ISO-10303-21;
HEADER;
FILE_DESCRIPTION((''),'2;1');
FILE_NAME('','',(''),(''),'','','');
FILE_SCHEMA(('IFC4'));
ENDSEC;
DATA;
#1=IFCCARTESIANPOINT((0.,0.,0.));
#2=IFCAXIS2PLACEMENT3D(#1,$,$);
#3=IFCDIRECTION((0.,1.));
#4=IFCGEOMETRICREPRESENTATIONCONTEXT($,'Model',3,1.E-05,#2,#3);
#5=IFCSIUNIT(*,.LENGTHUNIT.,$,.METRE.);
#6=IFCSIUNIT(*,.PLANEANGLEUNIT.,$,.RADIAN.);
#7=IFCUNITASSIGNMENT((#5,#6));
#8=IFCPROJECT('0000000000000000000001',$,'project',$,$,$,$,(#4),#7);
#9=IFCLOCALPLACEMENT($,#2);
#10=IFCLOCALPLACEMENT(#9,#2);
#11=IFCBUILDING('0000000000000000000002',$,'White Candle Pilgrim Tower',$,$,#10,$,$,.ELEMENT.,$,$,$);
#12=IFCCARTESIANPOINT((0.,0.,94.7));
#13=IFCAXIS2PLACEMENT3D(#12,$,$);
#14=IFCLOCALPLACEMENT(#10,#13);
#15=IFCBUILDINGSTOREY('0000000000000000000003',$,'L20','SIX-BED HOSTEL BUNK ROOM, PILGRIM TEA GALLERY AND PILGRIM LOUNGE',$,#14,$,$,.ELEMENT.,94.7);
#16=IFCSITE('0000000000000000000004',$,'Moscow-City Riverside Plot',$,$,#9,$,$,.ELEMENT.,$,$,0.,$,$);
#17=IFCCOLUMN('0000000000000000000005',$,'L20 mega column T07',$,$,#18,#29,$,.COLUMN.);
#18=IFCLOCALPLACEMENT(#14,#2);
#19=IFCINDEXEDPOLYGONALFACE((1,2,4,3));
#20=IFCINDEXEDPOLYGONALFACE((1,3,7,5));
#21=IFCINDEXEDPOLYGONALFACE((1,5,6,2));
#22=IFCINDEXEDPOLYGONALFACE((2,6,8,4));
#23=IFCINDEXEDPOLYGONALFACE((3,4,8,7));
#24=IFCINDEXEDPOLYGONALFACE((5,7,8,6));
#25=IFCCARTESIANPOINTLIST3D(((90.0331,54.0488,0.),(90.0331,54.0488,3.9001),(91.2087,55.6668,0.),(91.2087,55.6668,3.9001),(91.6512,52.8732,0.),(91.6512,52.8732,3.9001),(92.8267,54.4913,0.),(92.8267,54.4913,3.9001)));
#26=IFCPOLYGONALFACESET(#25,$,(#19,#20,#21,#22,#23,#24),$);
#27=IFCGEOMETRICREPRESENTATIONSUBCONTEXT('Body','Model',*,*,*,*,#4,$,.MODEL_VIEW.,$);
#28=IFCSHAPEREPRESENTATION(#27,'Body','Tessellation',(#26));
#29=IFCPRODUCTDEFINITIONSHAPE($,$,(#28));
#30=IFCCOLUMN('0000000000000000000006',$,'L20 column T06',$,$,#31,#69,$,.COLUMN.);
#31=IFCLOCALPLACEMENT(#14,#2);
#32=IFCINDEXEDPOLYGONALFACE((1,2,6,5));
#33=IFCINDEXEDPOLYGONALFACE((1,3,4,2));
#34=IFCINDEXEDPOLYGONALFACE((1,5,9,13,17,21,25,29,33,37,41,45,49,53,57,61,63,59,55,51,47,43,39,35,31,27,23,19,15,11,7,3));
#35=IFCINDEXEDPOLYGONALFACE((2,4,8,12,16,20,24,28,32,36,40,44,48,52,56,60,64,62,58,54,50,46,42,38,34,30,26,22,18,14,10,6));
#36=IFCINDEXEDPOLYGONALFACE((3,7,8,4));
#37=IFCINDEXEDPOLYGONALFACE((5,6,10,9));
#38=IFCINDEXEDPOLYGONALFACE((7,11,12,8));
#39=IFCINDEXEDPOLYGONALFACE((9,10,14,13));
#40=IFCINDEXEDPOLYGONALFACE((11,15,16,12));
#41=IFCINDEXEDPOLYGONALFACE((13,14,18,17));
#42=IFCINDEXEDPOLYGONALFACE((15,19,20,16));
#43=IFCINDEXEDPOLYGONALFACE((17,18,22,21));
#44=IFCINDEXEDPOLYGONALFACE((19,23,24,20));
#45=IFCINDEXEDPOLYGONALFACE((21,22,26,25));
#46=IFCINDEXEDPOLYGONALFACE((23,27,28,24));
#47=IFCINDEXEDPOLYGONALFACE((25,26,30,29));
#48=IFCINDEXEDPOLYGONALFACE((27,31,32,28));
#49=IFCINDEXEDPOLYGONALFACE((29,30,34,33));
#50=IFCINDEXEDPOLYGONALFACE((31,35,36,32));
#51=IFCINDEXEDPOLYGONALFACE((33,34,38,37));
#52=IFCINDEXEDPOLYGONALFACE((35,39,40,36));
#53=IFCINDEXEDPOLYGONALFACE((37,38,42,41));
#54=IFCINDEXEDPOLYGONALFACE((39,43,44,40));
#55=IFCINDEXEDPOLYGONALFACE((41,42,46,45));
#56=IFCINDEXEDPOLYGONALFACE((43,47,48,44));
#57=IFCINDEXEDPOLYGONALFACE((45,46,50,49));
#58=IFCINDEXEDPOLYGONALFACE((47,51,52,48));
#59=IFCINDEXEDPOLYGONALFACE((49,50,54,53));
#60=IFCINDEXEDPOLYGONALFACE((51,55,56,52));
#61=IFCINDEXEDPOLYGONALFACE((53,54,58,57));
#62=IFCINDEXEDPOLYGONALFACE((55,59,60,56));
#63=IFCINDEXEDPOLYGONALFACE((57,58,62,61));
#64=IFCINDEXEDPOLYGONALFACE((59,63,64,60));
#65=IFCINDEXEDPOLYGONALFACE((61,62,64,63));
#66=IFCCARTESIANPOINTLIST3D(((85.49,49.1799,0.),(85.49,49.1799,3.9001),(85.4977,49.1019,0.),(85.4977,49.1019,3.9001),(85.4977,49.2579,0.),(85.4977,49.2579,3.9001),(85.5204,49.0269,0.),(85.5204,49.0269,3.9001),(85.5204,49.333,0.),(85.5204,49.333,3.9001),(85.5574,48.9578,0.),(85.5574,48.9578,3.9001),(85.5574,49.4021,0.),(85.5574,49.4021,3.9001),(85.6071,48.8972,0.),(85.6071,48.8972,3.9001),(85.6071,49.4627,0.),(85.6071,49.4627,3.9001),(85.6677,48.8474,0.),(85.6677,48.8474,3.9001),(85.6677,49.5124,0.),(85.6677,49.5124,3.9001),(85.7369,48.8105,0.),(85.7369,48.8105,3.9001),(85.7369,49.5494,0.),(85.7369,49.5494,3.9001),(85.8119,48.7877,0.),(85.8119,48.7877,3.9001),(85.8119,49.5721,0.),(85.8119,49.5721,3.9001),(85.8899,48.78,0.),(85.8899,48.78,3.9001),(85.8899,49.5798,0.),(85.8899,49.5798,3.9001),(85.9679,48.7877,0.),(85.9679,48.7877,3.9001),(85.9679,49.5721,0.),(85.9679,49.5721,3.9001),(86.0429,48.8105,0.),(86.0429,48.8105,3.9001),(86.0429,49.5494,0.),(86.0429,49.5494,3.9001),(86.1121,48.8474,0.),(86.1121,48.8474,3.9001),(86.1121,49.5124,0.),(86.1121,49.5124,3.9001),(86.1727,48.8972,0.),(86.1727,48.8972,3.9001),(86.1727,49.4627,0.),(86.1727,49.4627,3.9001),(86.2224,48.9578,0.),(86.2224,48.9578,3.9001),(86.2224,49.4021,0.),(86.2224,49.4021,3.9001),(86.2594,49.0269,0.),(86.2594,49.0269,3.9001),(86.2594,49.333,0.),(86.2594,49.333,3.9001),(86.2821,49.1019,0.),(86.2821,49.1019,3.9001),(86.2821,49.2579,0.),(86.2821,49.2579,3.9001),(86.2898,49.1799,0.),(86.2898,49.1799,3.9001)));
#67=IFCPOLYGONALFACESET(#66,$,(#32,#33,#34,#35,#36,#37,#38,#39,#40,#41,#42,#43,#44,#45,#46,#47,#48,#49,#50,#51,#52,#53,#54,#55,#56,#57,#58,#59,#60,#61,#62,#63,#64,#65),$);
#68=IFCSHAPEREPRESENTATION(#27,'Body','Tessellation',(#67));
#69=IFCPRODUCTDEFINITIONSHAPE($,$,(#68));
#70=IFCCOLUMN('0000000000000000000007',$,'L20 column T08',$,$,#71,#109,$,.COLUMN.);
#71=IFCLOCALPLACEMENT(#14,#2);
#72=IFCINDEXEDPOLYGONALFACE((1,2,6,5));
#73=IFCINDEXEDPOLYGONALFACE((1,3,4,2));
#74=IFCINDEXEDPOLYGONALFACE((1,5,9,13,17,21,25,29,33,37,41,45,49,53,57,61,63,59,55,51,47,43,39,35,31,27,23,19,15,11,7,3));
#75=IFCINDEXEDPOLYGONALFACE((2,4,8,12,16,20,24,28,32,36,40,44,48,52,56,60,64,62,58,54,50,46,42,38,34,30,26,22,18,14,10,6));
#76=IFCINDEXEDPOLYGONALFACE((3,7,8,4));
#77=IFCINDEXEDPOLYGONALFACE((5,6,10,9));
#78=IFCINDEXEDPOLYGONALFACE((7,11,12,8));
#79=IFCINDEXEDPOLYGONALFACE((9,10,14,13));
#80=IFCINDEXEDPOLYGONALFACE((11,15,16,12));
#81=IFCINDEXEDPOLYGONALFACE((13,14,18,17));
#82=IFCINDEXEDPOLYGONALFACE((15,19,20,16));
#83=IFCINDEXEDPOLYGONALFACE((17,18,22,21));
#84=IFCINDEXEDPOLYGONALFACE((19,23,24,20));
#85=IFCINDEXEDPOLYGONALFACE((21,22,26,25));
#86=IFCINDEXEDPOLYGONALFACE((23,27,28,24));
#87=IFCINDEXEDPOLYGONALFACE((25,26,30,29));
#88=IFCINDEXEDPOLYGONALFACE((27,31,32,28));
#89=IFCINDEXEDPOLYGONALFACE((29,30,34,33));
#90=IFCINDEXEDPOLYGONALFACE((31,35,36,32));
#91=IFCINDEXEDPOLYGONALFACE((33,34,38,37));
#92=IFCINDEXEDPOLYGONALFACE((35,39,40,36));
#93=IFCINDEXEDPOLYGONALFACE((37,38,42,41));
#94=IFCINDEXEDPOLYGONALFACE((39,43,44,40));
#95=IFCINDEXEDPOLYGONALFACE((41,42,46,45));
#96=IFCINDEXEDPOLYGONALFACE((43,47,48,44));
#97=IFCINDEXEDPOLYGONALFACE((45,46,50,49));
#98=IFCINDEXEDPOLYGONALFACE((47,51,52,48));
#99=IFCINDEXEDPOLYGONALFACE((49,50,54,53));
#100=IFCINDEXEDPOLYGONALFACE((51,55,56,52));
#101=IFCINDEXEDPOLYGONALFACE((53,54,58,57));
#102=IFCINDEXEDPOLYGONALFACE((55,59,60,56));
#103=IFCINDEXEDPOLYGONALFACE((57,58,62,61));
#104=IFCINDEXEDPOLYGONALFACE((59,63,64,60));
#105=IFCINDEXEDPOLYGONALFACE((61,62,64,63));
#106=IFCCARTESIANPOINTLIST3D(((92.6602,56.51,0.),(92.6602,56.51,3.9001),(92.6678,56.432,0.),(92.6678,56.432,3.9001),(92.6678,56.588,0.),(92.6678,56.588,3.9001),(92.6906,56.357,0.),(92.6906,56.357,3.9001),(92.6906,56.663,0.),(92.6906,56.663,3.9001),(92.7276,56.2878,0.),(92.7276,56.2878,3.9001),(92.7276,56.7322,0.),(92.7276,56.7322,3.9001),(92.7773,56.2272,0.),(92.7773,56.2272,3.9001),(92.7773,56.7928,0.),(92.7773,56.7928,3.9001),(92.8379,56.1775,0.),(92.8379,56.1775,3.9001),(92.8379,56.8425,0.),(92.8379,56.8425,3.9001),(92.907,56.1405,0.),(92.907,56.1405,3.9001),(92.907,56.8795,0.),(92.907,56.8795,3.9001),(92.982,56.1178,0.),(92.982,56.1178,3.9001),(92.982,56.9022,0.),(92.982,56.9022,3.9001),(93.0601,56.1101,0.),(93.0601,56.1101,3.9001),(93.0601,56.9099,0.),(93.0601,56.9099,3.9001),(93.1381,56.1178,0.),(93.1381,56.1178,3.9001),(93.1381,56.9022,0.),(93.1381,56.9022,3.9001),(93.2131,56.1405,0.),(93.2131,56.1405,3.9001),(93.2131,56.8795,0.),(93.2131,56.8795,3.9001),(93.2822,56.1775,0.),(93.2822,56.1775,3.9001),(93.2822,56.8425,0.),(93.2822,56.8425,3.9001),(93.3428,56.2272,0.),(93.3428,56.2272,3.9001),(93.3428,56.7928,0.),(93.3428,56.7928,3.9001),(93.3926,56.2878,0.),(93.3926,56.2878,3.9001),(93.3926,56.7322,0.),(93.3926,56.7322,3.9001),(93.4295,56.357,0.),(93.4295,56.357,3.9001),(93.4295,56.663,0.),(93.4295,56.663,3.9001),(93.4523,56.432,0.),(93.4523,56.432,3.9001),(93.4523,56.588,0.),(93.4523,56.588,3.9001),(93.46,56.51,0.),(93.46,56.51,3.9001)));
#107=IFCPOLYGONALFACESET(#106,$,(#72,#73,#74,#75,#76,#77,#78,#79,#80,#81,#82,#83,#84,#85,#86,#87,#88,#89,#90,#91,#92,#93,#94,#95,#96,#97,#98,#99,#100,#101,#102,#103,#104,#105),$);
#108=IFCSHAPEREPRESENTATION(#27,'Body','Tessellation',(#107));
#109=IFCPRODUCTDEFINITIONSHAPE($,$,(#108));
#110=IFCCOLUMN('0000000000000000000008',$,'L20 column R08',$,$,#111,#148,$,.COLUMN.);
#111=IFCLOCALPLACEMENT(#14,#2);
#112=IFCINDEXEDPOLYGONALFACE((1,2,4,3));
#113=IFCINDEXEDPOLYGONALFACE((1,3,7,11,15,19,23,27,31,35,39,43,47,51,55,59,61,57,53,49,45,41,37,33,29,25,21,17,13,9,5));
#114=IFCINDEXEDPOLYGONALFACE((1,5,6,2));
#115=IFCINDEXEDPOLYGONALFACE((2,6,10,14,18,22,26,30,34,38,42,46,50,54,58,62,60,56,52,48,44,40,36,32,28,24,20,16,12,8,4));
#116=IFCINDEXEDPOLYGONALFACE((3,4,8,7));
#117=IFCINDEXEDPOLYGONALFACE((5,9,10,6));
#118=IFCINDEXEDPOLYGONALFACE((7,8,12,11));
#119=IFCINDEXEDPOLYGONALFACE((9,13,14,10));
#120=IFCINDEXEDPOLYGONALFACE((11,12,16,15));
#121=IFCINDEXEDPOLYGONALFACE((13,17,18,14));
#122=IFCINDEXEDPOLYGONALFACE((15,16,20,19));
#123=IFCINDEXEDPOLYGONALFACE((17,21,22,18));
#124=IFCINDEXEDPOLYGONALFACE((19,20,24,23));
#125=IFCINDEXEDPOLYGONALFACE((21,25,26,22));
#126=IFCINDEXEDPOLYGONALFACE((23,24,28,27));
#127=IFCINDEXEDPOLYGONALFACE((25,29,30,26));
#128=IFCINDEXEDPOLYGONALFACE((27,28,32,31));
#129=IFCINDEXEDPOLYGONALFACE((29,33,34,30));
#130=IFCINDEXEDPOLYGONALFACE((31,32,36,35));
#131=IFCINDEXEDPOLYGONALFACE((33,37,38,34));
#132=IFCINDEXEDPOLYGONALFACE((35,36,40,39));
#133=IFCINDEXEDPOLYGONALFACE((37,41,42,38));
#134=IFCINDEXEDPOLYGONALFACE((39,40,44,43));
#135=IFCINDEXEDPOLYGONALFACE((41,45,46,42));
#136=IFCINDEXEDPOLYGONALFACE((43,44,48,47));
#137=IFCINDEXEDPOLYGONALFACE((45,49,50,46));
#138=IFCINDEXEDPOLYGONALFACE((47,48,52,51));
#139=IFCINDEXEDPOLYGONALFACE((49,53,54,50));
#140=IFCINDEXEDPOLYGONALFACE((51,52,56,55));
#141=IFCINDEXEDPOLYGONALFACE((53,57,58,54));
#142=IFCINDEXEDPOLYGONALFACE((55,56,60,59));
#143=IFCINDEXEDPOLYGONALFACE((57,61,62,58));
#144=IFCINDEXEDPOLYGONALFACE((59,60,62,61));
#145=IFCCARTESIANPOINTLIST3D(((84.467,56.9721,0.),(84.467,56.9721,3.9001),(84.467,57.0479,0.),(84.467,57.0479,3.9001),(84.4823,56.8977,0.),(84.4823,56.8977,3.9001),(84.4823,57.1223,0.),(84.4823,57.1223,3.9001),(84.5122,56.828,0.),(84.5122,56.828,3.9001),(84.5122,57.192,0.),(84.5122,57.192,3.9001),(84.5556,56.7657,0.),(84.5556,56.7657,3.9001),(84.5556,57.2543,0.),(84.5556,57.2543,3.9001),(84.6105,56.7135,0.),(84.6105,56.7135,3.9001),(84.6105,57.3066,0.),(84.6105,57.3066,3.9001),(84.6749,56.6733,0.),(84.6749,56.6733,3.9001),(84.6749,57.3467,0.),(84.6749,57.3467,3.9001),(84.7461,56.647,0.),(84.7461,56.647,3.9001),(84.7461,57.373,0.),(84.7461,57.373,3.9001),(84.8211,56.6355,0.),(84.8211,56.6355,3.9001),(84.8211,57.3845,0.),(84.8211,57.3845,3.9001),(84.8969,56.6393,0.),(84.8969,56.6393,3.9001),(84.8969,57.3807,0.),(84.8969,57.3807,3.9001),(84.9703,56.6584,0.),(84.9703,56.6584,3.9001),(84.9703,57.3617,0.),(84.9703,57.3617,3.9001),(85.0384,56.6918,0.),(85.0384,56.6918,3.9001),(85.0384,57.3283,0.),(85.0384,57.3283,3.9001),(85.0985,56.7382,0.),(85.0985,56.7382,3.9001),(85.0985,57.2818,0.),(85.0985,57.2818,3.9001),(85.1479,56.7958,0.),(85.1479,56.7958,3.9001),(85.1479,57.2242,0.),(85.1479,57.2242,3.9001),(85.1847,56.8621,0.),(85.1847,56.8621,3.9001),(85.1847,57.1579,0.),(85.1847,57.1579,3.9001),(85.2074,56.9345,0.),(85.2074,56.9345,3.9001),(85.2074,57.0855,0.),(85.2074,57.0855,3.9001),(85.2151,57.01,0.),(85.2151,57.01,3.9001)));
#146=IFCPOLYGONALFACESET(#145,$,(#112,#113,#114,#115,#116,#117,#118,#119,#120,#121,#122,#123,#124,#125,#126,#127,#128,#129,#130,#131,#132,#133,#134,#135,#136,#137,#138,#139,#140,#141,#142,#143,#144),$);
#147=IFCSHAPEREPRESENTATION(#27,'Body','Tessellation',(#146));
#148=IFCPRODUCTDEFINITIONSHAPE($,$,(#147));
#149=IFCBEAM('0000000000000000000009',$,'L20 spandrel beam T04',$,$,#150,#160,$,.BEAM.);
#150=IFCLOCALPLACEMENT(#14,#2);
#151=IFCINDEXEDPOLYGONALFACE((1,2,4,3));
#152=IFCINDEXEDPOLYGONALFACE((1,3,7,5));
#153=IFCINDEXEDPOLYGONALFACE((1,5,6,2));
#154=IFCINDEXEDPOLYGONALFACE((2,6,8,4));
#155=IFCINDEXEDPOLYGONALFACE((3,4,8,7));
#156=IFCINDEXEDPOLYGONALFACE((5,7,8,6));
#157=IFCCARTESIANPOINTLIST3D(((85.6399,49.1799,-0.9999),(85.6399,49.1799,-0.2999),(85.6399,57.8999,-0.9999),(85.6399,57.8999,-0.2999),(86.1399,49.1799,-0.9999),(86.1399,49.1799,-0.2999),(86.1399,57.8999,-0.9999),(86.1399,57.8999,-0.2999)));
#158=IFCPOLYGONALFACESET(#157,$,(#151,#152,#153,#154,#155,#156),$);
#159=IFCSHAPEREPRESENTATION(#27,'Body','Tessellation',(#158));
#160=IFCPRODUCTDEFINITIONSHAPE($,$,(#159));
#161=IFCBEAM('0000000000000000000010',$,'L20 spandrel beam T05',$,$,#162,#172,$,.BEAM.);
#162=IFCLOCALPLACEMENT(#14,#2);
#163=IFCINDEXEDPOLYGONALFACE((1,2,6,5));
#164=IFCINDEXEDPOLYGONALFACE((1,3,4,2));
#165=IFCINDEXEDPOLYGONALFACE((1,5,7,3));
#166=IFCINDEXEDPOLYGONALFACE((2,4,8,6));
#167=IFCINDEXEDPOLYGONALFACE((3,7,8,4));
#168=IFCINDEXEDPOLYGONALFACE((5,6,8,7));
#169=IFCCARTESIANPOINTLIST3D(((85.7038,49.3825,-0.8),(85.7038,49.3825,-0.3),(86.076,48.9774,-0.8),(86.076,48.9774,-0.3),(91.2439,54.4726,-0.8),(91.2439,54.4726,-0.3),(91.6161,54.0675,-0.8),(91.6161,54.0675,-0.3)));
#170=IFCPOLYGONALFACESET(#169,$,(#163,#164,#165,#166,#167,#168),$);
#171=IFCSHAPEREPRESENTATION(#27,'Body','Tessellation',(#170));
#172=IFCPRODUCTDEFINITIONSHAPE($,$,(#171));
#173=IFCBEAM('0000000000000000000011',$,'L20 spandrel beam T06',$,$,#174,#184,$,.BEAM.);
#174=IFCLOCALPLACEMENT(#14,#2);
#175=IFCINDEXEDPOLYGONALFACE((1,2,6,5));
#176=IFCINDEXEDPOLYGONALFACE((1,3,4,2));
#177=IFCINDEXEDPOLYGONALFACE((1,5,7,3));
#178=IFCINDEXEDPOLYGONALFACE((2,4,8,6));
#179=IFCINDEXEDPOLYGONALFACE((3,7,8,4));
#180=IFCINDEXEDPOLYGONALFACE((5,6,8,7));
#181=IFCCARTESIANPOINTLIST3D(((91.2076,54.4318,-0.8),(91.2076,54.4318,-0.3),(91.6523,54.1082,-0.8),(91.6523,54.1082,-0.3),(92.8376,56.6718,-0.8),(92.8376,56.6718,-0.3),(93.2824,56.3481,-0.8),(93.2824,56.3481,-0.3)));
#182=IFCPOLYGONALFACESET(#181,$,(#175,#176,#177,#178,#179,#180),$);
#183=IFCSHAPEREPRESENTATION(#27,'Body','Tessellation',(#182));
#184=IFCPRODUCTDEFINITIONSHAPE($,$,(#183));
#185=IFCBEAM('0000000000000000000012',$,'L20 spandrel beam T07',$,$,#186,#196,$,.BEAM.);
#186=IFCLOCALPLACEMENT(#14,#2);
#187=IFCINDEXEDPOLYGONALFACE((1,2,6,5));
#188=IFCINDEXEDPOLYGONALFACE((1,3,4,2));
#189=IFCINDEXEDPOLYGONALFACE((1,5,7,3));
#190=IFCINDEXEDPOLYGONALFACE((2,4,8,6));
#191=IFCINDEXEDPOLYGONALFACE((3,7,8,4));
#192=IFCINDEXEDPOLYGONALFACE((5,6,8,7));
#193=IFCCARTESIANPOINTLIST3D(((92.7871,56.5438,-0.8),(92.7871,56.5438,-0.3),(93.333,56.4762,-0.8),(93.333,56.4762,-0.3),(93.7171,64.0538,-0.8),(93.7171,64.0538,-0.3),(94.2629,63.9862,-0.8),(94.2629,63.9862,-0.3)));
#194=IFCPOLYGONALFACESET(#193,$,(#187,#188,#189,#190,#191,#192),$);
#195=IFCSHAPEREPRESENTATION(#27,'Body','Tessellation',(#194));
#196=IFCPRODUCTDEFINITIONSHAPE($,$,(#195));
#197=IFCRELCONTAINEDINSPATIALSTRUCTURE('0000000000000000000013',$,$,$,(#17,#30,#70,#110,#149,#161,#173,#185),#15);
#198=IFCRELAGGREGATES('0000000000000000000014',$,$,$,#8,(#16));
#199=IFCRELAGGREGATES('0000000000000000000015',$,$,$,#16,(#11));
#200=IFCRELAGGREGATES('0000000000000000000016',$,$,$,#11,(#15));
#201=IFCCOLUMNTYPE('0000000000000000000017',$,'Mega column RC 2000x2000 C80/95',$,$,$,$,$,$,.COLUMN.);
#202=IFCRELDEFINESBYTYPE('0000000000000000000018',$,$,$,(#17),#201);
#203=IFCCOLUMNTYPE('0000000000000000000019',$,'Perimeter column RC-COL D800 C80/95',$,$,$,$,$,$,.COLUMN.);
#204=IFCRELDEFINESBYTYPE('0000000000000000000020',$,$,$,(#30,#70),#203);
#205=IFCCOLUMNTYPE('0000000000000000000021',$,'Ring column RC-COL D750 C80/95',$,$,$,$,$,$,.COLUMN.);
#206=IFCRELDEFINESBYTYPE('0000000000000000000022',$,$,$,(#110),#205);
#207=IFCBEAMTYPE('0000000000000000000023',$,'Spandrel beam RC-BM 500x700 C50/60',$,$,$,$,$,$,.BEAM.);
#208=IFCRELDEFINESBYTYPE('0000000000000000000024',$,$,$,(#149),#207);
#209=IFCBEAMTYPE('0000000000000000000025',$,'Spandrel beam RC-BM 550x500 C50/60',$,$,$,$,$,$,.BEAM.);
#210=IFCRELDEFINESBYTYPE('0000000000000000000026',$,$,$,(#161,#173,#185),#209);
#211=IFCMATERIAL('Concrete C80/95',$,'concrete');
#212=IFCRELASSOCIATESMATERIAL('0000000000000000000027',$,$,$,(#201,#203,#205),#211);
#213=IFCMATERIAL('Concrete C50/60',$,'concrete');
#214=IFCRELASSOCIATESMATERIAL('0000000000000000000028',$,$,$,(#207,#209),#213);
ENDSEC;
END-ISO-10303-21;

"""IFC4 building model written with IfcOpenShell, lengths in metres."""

from ifc_helpers import new_model, si_unit, direction, frame, origin, origin_2d, place, context, subcontext, project, spatial, rectangle, circle, extrude, material, material_profile, profile_set, type_object, element, save


model = new_model("IFC4")

# Units and contexts
model_context = context("Model", 3, precision=1e-05, world=origin(), true_north=direction((0.0, 1.0)))
body_context = subcontext(model_context, "Body", "Model", "MODEL_VIEW")
ifc_project = project(units=[si_unit("LENGTHUNIT", "METRE"), si_unit("PLANEANGLEUNIT", "RADIAN")], contexts=[model_context])

# Site, building, storey
site_placement = place(None, origin())
site = spatial("IfcSite", under=ifc_project, at=site_placement, Name="Moscow-City Riverside Plot", CompositionType="ELEMENT", RefElevation=0.0)
building_placement = place(site_placement, origin())
building = spatial("IfcBuilding", under=site, at=building_placement, Name="White Candle Pilgrim Tower", CompositionType="ELEMENT")
storey_placement = place(building_placement, frame((0.0, 0.0, 94.7)))
storey = spatial("IfcBuildingStorey", under=building, at=storey_placement, Name="L20", Description="SIX-BED HOSTEL BUNK ROOM, PILGRIM TEA GALLERY AND PILGRIM LOUNGE", CompositionType="ELEMENT", Elevation=94.7)

# Columns
ifc_material_1 = material(Name="Concrete C80/95", Category="concrete")
ifc_material_profile_1 = material_profile(ifc_material_1, rectangle(XDim=2.0, YDim=2.0, at=origin_2d()), Name="RC 2000x2000")
ifc_profile_set_1 = profile_set([ifc_material_profile_1], Name="Concrete C80/95")
column_type_1 = type_object("IfcColumnType", Name="Mega column RC 2000x2000 C80/95", PredefinedType="COLUMN", material=ifc_profile_set_1)
column_1_placement = place(storey_placement, frame((91.4299, 54.27, 0.0), z_axis=(0.0, 0.0, 1.0), x_axis=(0.809017, -0.587785, 0.0)))
element("IfcColumn", 1, at=column_1_placement, inside=storey, type_object=column_type_1, Name="L20 mega column T07", PredefinedType="COLUMN", context=body_context, shape_type="SweptSolid", body=[
    extrude(rectangle(XDim=2.0, YDim=2.0, at=origin_2d()), origin(), (0.0, 0.0, 1.0), 3.9001),
])
ifc_material_profile_2 = material_profile(ifc_material_1, circle(Radius=0.3999, at=origin_2d()), Name="RC-COL D800")
ifc_profile_set_2 = profile_set([ifc_material_profile_2], Name="Concrete C80/95")
column_type_2 = type_object("IfcColumnType", Name="Perimeter column RC-COL D800 C80/95", PredefinedType="COLUMN", material=ifc_profile_set_2)
for number, where, z_axis, x_axis, name in (
    (2, (85.8899, 49.1799, 0.0), (0.0, 0.0, 1.0), (1.0, 0.0, 0.0), "L20 column T06"),
    (3, (93.0601, 56.51, 0.0), (0.0, 0.0, 1.0), (1.0, 0.0, 0.0), "L20 column T08"),
):
    element("IfcColumn", number, at=place(storey_placement, frame(where, z_axis=z_axis, x_axis=x_axis)), inside=storey, type_object=column_type_2, Name=name, PredefinedType="COLUMN", context=body_context, shape_type="SweptSolid", body=[
        extrude(circle(Radius=0.3999, at=origin_2d()), origin(), (0.0, 0.0, 1.0), 3.9001),
    ])
ifc_material_profile_3 = material_profile(ifc_material_1, circle(Radius=0.375, at=origin_2d()), Name="RC-COL D750")
ifc_profile_set_3 = profile_set([ifc_material_profile_3], Name="Concrete C80/95")
column_type_3 = type_object("IfcColumnType", Name="Ring column RC-COL D750 C80/95", PredefinedType="COLUMN", material=ifc_profile_set_3)
column_2_placement = place(storey_placement, frame((84.8401, 57.01, 0.0), z_axis=(0.0, 0.0, 1.0), x_axis=(1.0, 0.0, 0.0)))
element("IfcColumn", 4, at=column_2_placement, inside=storey, type_object=column_type_3, Name="L20 column R08", PredefinedType="COLUMN", context=body_context, shape_type="SweptSolid", body=[
    extrude(circle(Radius=0.375, at=origin_2d()), origin(), (0.0, 0.0, 1.0), 3.9001),
])

# Beams
ifc_material_2 = material(Name="Concrete C50/60", Category="concrete")
ifc_material_profile_4 = material_profile(ifc_material_2, rectangle(XDim=0.5, YDim=0.7, at=origin_2d()), Name="RC-BM 500x700")
ifc_profile_set_4 = profile_set([ifc_material_profile_4], Name="Concrete C50/60")
beam_type_1 = type_object("IfcBeamType", Name="Spandrel beam RC-BM 500x700 C50/60", PredefinedType="BEAM", material=ifc_profile_set_4)
beam_1_placement = place(storey_placement, frame((85.8899, 49.1799, -0.6499), z_axis=(0.0, 1.0, 0.0), x_axis=(-1.0, 0.0, 0.0)))
element("IfcBeam", 5, at=beam_1_placement, inside=storey, type_object=beam_type_1, Name="L20 spandrel beam T04", PredefinedType="BEAM", context=body_context, shape_type="SweptSolid", body=[
    extrude(rectangle(XDim=0.5, YDim=0.7, at=origin_2d()), origin(), (0.0, 0.0, 1.0), 8.72),
])
ifc_material_profile_5 = material_profile(ifc_material_2, rectangle(XDim=0.55, YDim=0.5, at=origin_2d()), Name="RC-BM 550x500")
ifc_profile_set_5 = profile_set([ifc_material_profile_5], Name="Concrete C50/60")
beam_type_2 = type_object("IfcBeamType", Name="Spandrel beam RC-BM 550x500 C50/60", PredefinedType="BEAM", material=ifc_profile_set_5)
beam_2_placement = place(storey_placement, frame((85.8899, 49.1799, -0.55), z_axis=(0.736378, 0.676571, 0.0), x_axis=(-0.676571, 0.736378, 0.0)))
element("IfcBeam", 6, at=beam_2_placement, inside=storey, type_object=beam_type_2, Name="L20 spandrel beam T05", PredefinedType="BEAM", context=body_context, shape_type="SweptSolid", body=[
    extrude(rectangle(XDim=0.55, YDim=0.5, at=origin_2d()), origin(), (0.0, 0.0, 1.0), 7.5234),
])
beam_3_placement = place(storey_placement, frame((91.4299, 54.27, -0.55), z_axis=(0.588418, 0.808557, 0.0), x_axis=(-0.808557, 0.588418, 0.0)))
element("IfcBeam", 7, at=beam_3_placement, inside=storey, type_object=beam_type_2, Name="L20 spandrel beam T06", PredefinedType="BEAM", context=body_context, shape_type="SweptSolid", body=[
    extrude(rectangle(XDim=0.55, YDim=0.5, at=origin_2d()), origin(), (0.0, 0.0, 1.0), 2.7703),
])
beam_4_placement = place(storey_placement, frame((93.0601, 56.51, -0.55), z_axis=(0.122887, 0.992421, 0.0), x_axis=(-0.992421, 0.122887, 0.0)))
element("IfcBeam", 8, at=beam_4_placement, inside=storey, type_object=beam_type_2, Name="L20 spandrel beam T07", PredefinedType="BEAM", context=body_context, shape_type="SweptSolid", body=[
    extrude(rectangle(XDim=0.55, YDim=0.5, at=origin_2d()), origin(), (0.0, 0.0, 1.0), 7.5674),
])

save(model, "model.ifc")
